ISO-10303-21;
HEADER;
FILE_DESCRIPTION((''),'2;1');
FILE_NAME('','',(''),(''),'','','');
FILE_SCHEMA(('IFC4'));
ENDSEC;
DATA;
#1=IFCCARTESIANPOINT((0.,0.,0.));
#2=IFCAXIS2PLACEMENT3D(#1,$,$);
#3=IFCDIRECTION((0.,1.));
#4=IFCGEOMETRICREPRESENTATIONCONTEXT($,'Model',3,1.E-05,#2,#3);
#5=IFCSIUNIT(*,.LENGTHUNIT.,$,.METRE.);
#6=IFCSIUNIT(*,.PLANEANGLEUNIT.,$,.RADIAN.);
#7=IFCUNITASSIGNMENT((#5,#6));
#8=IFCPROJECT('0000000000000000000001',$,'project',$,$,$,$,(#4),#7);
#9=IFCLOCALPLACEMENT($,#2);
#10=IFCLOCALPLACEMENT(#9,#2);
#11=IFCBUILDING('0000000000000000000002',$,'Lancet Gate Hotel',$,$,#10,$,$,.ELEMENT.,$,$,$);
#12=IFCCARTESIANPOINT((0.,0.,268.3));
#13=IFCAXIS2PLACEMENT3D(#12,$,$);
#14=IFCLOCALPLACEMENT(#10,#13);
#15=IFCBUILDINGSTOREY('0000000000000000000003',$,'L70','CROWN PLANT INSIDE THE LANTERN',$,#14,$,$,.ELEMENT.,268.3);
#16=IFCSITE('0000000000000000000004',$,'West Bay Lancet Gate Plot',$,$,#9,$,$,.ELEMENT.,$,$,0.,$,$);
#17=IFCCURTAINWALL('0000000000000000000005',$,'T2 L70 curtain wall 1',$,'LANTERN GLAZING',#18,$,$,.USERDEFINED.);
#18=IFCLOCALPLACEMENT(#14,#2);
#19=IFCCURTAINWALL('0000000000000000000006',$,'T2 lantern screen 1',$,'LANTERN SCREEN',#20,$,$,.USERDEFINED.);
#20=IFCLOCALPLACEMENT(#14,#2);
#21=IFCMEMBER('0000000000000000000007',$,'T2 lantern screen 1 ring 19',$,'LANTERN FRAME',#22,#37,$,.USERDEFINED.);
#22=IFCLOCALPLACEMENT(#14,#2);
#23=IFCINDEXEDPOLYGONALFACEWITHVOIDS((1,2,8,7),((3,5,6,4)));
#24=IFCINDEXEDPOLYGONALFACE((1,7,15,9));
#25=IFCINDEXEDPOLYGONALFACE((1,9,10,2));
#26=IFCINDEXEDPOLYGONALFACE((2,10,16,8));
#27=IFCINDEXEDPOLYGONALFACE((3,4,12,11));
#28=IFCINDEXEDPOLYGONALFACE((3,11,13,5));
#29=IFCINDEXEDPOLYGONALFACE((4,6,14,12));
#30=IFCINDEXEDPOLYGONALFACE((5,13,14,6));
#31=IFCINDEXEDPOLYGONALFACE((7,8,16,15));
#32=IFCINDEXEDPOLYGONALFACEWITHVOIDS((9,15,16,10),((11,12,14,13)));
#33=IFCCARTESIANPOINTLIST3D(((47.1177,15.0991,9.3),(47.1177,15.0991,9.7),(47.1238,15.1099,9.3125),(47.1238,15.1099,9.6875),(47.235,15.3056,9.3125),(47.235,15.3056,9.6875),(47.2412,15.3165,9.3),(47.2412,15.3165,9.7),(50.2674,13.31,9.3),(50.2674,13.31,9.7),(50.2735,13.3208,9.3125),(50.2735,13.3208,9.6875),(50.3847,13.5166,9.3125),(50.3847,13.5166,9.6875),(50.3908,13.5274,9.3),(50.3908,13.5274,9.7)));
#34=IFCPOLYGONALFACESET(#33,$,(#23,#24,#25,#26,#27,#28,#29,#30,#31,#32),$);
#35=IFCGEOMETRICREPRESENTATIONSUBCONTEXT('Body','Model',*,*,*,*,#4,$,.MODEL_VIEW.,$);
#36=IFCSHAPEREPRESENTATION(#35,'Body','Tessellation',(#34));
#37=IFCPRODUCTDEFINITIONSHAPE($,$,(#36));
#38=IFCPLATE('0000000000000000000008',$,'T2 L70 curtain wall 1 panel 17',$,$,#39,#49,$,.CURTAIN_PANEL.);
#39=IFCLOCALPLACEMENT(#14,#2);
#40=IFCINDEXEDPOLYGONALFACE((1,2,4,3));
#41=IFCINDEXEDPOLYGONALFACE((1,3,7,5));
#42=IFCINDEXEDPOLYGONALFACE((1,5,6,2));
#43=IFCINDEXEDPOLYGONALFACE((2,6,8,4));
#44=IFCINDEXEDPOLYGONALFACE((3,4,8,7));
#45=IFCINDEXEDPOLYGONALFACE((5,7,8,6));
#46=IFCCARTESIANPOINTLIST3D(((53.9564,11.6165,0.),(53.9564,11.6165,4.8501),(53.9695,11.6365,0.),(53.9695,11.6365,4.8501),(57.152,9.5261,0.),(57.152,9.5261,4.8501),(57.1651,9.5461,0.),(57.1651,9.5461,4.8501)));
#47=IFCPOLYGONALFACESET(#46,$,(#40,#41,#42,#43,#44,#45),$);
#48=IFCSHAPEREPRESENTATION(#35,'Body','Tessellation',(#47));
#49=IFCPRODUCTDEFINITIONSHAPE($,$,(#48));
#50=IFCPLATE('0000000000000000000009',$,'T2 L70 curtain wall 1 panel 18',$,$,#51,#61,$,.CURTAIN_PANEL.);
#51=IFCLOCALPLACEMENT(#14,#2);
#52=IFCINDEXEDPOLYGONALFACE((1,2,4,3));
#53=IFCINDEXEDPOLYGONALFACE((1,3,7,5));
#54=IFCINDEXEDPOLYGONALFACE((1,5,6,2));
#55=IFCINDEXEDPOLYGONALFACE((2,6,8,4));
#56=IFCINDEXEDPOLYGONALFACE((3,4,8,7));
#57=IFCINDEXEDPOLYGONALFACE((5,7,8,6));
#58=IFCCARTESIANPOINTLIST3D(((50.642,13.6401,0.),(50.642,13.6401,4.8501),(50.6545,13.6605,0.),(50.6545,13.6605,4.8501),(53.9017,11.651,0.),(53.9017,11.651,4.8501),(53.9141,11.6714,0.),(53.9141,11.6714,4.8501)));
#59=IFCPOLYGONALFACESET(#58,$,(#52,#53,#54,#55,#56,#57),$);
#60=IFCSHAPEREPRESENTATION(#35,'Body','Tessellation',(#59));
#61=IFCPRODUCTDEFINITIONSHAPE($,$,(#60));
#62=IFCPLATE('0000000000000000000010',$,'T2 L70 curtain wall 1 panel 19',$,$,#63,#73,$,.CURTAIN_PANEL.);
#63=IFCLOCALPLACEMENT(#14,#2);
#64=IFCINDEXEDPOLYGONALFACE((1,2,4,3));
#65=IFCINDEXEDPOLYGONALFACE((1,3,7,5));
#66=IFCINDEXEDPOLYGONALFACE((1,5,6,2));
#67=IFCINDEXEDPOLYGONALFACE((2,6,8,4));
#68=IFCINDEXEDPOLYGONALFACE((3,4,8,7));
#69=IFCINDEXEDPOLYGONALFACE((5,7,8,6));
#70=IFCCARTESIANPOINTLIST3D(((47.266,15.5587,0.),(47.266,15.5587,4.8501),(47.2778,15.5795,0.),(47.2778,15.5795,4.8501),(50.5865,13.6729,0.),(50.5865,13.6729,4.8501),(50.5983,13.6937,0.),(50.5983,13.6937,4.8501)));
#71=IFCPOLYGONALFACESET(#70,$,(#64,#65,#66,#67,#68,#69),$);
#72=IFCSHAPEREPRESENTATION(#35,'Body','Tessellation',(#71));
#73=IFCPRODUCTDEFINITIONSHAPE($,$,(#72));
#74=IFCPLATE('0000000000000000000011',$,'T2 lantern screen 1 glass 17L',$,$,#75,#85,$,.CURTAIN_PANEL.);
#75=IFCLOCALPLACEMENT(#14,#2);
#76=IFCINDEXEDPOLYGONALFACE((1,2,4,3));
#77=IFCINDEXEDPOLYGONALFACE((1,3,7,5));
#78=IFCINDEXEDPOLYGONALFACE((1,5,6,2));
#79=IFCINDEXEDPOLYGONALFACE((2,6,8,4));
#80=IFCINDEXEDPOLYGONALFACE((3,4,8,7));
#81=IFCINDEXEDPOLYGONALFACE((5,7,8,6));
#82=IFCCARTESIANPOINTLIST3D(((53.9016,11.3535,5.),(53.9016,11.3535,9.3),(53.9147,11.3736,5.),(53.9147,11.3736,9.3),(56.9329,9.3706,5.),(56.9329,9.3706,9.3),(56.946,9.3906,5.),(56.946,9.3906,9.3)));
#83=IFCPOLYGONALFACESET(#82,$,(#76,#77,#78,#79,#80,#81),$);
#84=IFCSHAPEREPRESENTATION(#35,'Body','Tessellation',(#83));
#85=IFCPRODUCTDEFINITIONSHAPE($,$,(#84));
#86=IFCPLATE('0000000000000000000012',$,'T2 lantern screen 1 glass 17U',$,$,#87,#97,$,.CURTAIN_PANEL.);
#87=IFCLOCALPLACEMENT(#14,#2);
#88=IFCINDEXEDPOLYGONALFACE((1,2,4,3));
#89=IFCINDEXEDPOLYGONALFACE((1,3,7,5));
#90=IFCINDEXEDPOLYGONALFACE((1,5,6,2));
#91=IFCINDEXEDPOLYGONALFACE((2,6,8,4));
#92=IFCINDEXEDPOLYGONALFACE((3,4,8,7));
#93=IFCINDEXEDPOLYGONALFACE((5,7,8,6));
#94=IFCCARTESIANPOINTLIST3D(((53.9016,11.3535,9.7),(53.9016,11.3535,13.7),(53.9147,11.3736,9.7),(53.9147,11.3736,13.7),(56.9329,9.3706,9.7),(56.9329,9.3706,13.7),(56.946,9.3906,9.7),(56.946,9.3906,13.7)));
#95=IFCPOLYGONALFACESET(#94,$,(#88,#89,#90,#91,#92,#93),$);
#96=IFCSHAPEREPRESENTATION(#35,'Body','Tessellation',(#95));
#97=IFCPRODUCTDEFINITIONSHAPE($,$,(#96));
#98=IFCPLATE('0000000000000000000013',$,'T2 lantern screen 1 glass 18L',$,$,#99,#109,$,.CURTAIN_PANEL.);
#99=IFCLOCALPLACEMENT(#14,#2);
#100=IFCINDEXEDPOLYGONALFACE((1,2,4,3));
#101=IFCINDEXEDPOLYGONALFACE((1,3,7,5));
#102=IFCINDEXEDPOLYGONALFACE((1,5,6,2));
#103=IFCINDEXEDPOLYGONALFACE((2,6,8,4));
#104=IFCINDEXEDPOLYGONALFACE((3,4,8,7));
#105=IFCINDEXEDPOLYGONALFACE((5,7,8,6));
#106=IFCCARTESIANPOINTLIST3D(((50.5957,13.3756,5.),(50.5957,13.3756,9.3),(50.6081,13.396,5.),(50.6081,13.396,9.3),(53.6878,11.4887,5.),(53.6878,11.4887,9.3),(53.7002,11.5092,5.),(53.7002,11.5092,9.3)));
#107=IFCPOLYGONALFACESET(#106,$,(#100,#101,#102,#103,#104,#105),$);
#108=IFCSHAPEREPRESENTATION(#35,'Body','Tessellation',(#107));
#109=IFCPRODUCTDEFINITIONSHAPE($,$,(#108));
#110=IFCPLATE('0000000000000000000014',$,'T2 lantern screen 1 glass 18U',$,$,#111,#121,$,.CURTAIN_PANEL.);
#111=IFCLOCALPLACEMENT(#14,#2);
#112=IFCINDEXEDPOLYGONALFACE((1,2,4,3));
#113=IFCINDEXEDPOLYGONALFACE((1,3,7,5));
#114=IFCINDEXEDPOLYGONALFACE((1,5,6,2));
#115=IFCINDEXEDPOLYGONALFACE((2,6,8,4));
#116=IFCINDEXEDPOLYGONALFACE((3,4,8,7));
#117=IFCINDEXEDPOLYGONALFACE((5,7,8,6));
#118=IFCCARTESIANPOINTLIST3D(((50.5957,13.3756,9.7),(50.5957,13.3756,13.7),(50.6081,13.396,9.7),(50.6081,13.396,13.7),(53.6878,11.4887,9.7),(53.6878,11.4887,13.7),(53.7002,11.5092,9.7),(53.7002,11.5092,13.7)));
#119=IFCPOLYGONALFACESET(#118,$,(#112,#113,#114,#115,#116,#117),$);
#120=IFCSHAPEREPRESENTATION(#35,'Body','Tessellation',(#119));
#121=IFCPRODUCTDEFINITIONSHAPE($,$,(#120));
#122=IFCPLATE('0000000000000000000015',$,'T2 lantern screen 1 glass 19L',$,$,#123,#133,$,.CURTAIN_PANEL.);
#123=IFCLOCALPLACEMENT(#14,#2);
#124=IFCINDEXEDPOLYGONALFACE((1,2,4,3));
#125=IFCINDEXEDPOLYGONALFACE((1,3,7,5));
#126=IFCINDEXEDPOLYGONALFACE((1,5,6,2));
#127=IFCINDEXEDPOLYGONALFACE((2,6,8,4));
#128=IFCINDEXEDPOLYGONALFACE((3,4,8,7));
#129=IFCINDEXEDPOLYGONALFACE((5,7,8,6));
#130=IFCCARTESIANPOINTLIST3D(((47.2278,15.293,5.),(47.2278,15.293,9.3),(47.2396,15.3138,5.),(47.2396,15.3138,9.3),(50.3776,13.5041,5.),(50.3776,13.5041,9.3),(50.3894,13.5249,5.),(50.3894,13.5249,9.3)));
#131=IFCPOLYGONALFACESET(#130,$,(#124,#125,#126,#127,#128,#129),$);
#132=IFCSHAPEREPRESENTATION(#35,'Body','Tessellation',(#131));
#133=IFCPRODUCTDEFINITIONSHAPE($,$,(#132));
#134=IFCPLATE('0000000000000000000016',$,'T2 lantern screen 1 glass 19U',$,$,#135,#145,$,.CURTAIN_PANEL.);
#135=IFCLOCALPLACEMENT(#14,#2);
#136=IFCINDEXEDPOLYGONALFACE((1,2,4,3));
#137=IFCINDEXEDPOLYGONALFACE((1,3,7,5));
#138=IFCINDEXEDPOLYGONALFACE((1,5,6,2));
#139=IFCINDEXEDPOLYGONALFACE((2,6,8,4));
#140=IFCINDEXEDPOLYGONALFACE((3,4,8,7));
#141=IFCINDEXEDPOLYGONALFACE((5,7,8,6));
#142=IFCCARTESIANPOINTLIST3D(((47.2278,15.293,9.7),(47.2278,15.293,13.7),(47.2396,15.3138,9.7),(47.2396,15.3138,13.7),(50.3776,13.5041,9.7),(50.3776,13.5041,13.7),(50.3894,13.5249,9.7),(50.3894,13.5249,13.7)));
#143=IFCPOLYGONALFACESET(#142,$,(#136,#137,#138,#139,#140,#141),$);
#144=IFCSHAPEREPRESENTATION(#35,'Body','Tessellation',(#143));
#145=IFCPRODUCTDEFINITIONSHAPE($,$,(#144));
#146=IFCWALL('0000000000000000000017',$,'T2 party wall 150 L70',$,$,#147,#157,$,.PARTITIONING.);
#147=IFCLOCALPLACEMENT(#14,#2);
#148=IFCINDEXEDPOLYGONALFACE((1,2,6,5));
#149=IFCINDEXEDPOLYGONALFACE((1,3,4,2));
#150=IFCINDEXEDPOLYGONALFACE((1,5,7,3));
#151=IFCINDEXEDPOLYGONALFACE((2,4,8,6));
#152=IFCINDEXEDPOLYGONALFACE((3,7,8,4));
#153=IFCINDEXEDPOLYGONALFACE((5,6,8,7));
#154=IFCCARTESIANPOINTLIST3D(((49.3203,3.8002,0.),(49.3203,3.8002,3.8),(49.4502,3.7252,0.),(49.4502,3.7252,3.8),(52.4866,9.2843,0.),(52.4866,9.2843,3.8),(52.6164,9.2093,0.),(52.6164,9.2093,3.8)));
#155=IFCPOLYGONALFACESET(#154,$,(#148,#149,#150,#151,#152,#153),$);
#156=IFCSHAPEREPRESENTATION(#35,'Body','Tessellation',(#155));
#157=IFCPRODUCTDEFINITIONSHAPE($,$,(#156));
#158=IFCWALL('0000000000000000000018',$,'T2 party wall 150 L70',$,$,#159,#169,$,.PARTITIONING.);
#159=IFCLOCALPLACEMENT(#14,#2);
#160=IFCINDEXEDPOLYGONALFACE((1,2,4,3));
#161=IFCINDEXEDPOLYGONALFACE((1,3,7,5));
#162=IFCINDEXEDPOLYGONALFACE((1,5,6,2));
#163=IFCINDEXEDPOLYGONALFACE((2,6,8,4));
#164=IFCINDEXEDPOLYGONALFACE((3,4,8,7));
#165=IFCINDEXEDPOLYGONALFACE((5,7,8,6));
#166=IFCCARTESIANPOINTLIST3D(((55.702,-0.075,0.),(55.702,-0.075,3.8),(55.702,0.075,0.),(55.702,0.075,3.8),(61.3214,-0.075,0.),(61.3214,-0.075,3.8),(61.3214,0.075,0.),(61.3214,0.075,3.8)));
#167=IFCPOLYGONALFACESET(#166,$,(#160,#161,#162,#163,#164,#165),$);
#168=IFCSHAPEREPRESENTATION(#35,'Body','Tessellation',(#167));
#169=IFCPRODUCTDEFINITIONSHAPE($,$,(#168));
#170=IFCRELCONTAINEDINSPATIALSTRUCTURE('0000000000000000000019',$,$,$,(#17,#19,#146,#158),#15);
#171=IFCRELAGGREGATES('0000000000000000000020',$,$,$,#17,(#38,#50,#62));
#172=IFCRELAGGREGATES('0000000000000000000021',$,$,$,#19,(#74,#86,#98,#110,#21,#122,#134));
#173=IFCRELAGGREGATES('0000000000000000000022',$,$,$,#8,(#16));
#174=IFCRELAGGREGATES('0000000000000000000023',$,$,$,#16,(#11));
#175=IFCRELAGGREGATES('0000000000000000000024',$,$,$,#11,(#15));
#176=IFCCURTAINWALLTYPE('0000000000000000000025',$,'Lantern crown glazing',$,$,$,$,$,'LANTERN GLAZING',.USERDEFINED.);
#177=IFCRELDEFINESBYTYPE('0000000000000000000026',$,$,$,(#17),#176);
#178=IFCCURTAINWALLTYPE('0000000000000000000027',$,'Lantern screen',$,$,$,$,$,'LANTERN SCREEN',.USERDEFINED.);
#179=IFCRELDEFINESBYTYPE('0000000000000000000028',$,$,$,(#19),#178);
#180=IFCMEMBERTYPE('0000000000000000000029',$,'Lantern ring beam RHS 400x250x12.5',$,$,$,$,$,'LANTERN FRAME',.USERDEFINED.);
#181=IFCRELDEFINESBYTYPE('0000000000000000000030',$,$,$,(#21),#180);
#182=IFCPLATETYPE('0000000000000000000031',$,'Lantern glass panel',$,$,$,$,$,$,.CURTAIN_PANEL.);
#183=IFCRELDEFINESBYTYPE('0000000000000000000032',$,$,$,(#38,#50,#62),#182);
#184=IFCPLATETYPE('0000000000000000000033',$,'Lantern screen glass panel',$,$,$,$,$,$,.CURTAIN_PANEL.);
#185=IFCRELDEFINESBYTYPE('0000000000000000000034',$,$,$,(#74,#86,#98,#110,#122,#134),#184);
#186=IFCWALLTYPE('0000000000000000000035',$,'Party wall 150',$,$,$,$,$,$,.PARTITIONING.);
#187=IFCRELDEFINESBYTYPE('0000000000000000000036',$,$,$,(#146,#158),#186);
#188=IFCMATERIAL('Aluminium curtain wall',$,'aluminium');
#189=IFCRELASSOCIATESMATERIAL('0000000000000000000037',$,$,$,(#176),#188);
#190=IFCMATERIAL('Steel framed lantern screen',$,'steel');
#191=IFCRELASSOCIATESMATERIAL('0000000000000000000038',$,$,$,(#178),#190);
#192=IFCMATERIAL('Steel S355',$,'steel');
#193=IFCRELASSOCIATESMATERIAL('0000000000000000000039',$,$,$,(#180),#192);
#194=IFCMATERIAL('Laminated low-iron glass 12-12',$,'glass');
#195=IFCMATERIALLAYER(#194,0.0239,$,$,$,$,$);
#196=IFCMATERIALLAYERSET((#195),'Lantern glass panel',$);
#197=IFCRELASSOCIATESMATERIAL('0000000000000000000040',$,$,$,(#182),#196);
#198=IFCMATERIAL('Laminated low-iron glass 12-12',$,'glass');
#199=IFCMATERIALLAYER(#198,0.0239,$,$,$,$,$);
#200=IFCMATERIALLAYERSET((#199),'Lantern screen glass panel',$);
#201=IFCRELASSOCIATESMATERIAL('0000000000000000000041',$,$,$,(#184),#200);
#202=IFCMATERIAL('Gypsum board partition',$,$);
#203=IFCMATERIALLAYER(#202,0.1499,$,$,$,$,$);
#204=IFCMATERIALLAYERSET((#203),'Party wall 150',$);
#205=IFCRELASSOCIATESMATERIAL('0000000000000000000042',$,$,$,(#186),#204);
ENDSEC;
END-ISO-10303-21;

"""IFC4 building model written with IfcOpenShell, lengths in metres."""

from ifc_helpers import new_model, si_unit, direction, frame, frame_2d, origin, origin_2d, place, context, subcontext, project, spatial, rectangle, hollow_rectangle, extrude, material, layer, layer_set, material_profile, profile_set, type_object, element, aggregate, save


model = new_model("IFC4")

# Units and contexts
model_context = context("Model", 3, precision=1e-05, world=origin(), true_north=direction((0.0, 1.0)))
body_context = subcontext(model_context, "Body", "Model", "MODEL_VIEW")
ifc_project = project(units=[si_unit("LENGTHUNIT", "METRE"), si_unit("PLANEANGLEUNIT", "RADIAN")], contexts=[model_context])

# Site, building, storey
site_placement = place(None, origin())
site = spatial("IfcSite", under=ifc_project, at=site_placement, Name="West Bay Lancet Gate Plot", CompositionType="ELEMENT", RefElevation=0.0)
building_placement = place(site_placement, origin())
building = spatial("IfcBuilding", under=site, at=building_placement, Name="Lancet Gate Hotel", CompositionType="ELEMENT")
storey_placement = place(building_placement, frame((0.0, 0.0, 268.3)))
storey = spatial("IfcBuildingStorey", under=building, at=storey_placement, Name="L70", Description="CROWN PLANT INSIDE THE LANTERN", CompositionType="ELEMENT", Elevation=268.3)

# Curtain wall
ifc_material_1 = material(Name="Aluminium curtain wall", Category="aluminium")
curtain_wall_type_1 = type_object("IfcCurtainWallType", Name="Lantern crown glazing", ElementType="LANTERN GLAZING", PredefinedType="USERDEFINED", material=ifc_material_1)
curtain_wall_1_placement = place(storey_placement, origin())
curtain_wall_1 = element("IfcCurtainWall", 1, at=curtain_wall_1_placement, inside=storey, type_object=curtain_wall_type_1, Name="T2 L70 curtain wall 1", ObjectType="LANTERN GLAZING", PredefinedType="USERDEFINED")

# Curtain wall, member
ifc_material_2 = material(Name="Steel framed lantern screen", Category="steel")
curtain_wall_type_2 = type_object("IfcCurtainWallType", Name="Lantern screen", ElementType="LANTERN SCREEN", PredefinedType="USERDEFINED", material=ifc_material_2)
curtain_wall_2_placement = place(storey_placement, origin())
curtain_wall_2 = element("IfcCurtainWall", 2, at=curtain_wall_2_placement, inside=storey, type_object=curtain_wall_type_2, Name="T2 lantern screen 1", ObjectType="LANTERN SCREEN", PredefinedType="USERDEFINED")
ifc_material_3 = material(Name="Steel S355", Category="steel")
ifc_material_profile_1 = material_profile(ifc_material_3, hollow_rectangle(XDim=0.25, YDim=0.3999, WallThickness=0.0125, at=origin_2d()), Name="RHS 400x250x12.5")
ifc_profile_set_1 = profile_set([ifc_material_profile_1], Name="Steel S355")
member_type_1 = type_object("IfcMemberType", Name="Lantern ring beam RHS 400x250x12.5", ElementType="LANTERN FRAME", PredefinedType="USERDEFINED", material=ifc_profile_set_1)
member_1_placement = place(storey_placement, frame((50.3291, 13.4187, 9.5), z_axis=(-0.869518, 0.493902, 0.0), x_axis=(-0.493902, -0.869518, 0.0)))
member_1 = element("IfcMember", 3, at=member_1_placement, type_object=member_type_1, Name="T2 lantern screen 1 ring 19", ObjectType="LANTERN FRAME", PredefinedType="USERDEFINED", context=body_context, shape_type="SweptSolid", body=[
    extrude(hollow_rectangle(XDim=0.25, YDim=0.3999, WallThickness=0.0125, at=origin_2d()), origin(), (0.0, 0.0, 1.0), 3.6223),
])

# Plates
ifc_material_4 = material(Name="Laminated low-iron glass 12-12", Category="glass")
ifc_layer_1 = layer(ifc_material_4, 0.0239)
ifc_layer_set_1 = layer_set([ifc_layer_1], Name="Lantern glass panel")
plate_type_1 = type_object("IfcPlateType", Name="Lantern glass panel", PredefinedType="CURTAIN_PANEL", material=ifc_layer_set_1)
plate_1_placement = place(storey_placement, frame((55.5608, 10.5813, 0.0), z_axis=(0.0, 0.0, 1.0), x_axis=(-0.83685, 0.547432, 0.0)))
plate_1 = element("IfcPlate", 4, at=plate_1_placement, type_object=plate_type_1, Name="T2 L70 curtain wall 1 panel 17", PredefinedType="CURTAIN_PANEL", context=body_context, shape_type="SweptSolid", body=[
    extrude(rectangle(XDim=3.8186, YDim=0.0239, at=origin_2d()), origin(), (0.0, 0.0, 1.0), 4.8501),
])
plate_2_placement = place(storey_placement, frame((52.2781, 12.6558, 0.0), z_axis=(0.0, 0.0, 1.0), x_axis=(-0.853621, 0.520895, 0.0)))
plate_2 = element("IfcPlate", 5, at=plate_2_placement, type_object=plate_type_1, Name="T2 L70 curtain wall 1 panel 18", PredefinedType="CURTAIN_PANEL", context=body_context, shape_type="SweptSolid", body=[
    extrude(rectangle(XDim=3.8186, YDim=0.0239, at=origin_2d()), origin(), (0.0, 0.0, 1.0), 4.8501),
])
plate_3_placement = place(storey_placement, frame((48.9321, 14.6262, 0.0), z_axis=(0.0, 0.0, 1.0), x_axis=(-0.86955, 0.493844, 0.0)))
plate_3 = element("IfcPlate", 6, at=plate_3_placement, type_object=plate_type_1, Name="T2 L70 curtain wall 1 panel 19", PredefinedType="CURTAIN_PANEL", context=body_context, shape_type="SweptSolid", body=[
    extrude(rectangle(XDim=3.8186, YDim=0.0239, at=origin_2d()), origin(), (0.0, 0.0, 1.0), 4.8501),
])
aggregate(curtain_wall_1, [plate_1, plate_2, plate_3])
ifc_material_5 = material(Name="Laminated low-iron glass 12-12", Category="glass")
ifc_layer_2 = layer(ifc_material_5, 0.0239)
ifc_layer_set_2 = layer_set([ifc_layer_2], Name="Lantern screen glass panel")
plate_type_2 = type_object("IfcPlateType", Name="Lantern screen glass panel", PredefinedType="CURTAIN_PANEL", material=ifc_layer_set_2)
plate_4_placement = place(storey_placement, frame((55.4238, 10.3721, 5.0), z_axis=(0.0, 0.0, 1.0), x_axis=(-0.83685, 0.547432, 0.0)))
plate_4 = element("IfcPlate", 7, at=plate_4_placement, type_object=plate_type_2, Name="T2 lantern screen 1 glass 17L", PredefinedType="CURTAIN_PANEL", context=body_context, shape_type="SweptSolid", body=[
    extrude(rectangle(XDim=3.6223, YDim=0.0239, at=origin_2d()), origin(), (0.0, 0.0, 1.0), 4.3),
])
plate_5_placement = place(storey_placement, frame((55.4238, 10.3721, 9.7), z_axis=(0.0, 0.0, 1.0), x_axis=(-0.83685, 0.547432, 0.0)))
plate_5 = element("IfcPlate", 8, at=plate_5_placement, type_object=plate_type_2, Name="T2 lantern screen 1 glass 17U", PredefinedType="CURTAIN_PANEL", context=body_context, shape_type="SweptSolid", body=[
    extrude(rectangle(XDim=3.6223, YDim=0.0239, at=origin_2d()), origin(), (0.0, 0.0, 1.0), 4.0),
])
plate_6_placement = place(storey_placement, frame((52.1479, 12.4424, 5.0), z_axis=(0.0, 0.0, 1.0), x_axis=(-0.853621, 0.520895, 0.0)))
plate_6 = element("IfcPlate", 9, at=plate_6_placement, type_object=plate_type_2, Name="T2 lantern screen 1 glass 18L", PredefinedType="CURTAIN_PANEL", context=body_context, shape_type="SweptSolid", body=[
    extrude(rectangle(XDim=3.6223, YDim=0.0239, at=origin_2d()), origin(), (0.0, 0.0, 1.0), 4.3),
])
plate_7_placement = place(storey_placement, frame((52.1479, 12.4424, 9.7), z_axis=(0.0, 0.0, 1.0), x_axis=(-0.853621, 0.520895, 0.0)))
plate_7 = element("IfcPlate", 10, at=plate_7_placement, type_object=plate_type_2, Name="T2 lantern screen 1 glass 18U", PredefinedType="CURTAIN_PANEL", context=body_context, shape_type="SweptSolid", body=[
    extrude(rectangle(XDim=3.6223, YDim=0.0239, at=origin_2d()), origin(), (0.0, 0.0, 1.0), 4.0),
])
plate_8_placement = place(storey_placement, frame((48.8086, 14.4089, 5.0), z_axis=(0.0, 0.0, 1.0), x_axis=(-0.86955, 0.493844, 0.0)))
plate_8 = element("IfcPlate", 11, at=plate_8_placement, type_object=plate_type_2, Name="T2 lantern screen 1 glass 19L", PredefinedType="CURTAIN_PANEL", context=body_context, shape_type="SweptSolid", body=[
    extrude(rectangle(XDim=3.6223, YDim=0.0239, at=origin_2d()), origin(), (0.0, 0.0, 1.0), 4.3),
])
plate_9_placement = place(storey_placement, frame((48.8086, 14.4089, 9.7), z_axis=(0.0, 0.0, 1.0), x_axis=(-0.86955, 0.493844, 0.0)))
plate_9 = element("IfcPlate", 12, at=plate_9_placement, type_object=plate_type_2, Name="T2 lantern screen 1 glass 19U", PredefinedType="CURTAIN_PANEL", context=body_context, shape_type="SweptSolid", body=[
    extrude(rectangle(XDim=3.6223, YDim=0.0239, at=origin_2d()), origin(), (0.0, 0.0, 1.0), 4.0),
])
aggregate(curtain_wall_2, [plate_4, plate_5, plate_6, plate_7, member_1, plate_8, plate_9])

# Walls
ifc_material_6 = material(Name="Gypsum board partition")
ifc_layer_3 = layer(ifc_material_6, 0.1499)
ifc_layer_set_3 = layer_set([ifc_layer_3], Name="Party wall 150")
wall_type = type_object("IfcWallType", Name="Party wall 150", PredefinedType="PARTITIONING", material=ifc_layer_set_3)
wall_1_placement = place(storey_placement, frame((49.3853, 3.7627, 0.0), z_axis=(0.0, 0.0, 1.0), x_axis=(0.499999, 0.866026, 0.0)))
element("IfcWall", 13, at=wall_1_placement, inside=storey, type_object=wall_type, Name="T2 party wall 150 L70", PredefinedType="PARTITIONING", context=body_context, shape_type="SweptSolid", body=[
    extrude(rectangle(XDim=6.3325, YDim=0.1499, at=frame_2d((3.1663, 0.0))), origin(), (0.0, 0.0, 1.0), 3.8),
])
wall_2_placement = place(storey_placement, frame((55.7021, 0.0, 0.0), z_axis=(0.0, 0.0, 1.0), x_axis=(1.0, 0.0, 0.0)))
element("IfcWall", 14, at=wall_2_placement, inside=storey, type_object=wall_type, Name="T2 party wall 150 L70", PredefinedType="PARTITIONING", context=body_context, shape_type="SweptSolid", body=[
    extrude(rectangle(XDim=5.6194, YDim=0.1499, at=frame_2d((2.8096, 0.0))), origin(), (0.0, 0.0, 1.0), 3.8),
])

save(model, "model.ifc")
